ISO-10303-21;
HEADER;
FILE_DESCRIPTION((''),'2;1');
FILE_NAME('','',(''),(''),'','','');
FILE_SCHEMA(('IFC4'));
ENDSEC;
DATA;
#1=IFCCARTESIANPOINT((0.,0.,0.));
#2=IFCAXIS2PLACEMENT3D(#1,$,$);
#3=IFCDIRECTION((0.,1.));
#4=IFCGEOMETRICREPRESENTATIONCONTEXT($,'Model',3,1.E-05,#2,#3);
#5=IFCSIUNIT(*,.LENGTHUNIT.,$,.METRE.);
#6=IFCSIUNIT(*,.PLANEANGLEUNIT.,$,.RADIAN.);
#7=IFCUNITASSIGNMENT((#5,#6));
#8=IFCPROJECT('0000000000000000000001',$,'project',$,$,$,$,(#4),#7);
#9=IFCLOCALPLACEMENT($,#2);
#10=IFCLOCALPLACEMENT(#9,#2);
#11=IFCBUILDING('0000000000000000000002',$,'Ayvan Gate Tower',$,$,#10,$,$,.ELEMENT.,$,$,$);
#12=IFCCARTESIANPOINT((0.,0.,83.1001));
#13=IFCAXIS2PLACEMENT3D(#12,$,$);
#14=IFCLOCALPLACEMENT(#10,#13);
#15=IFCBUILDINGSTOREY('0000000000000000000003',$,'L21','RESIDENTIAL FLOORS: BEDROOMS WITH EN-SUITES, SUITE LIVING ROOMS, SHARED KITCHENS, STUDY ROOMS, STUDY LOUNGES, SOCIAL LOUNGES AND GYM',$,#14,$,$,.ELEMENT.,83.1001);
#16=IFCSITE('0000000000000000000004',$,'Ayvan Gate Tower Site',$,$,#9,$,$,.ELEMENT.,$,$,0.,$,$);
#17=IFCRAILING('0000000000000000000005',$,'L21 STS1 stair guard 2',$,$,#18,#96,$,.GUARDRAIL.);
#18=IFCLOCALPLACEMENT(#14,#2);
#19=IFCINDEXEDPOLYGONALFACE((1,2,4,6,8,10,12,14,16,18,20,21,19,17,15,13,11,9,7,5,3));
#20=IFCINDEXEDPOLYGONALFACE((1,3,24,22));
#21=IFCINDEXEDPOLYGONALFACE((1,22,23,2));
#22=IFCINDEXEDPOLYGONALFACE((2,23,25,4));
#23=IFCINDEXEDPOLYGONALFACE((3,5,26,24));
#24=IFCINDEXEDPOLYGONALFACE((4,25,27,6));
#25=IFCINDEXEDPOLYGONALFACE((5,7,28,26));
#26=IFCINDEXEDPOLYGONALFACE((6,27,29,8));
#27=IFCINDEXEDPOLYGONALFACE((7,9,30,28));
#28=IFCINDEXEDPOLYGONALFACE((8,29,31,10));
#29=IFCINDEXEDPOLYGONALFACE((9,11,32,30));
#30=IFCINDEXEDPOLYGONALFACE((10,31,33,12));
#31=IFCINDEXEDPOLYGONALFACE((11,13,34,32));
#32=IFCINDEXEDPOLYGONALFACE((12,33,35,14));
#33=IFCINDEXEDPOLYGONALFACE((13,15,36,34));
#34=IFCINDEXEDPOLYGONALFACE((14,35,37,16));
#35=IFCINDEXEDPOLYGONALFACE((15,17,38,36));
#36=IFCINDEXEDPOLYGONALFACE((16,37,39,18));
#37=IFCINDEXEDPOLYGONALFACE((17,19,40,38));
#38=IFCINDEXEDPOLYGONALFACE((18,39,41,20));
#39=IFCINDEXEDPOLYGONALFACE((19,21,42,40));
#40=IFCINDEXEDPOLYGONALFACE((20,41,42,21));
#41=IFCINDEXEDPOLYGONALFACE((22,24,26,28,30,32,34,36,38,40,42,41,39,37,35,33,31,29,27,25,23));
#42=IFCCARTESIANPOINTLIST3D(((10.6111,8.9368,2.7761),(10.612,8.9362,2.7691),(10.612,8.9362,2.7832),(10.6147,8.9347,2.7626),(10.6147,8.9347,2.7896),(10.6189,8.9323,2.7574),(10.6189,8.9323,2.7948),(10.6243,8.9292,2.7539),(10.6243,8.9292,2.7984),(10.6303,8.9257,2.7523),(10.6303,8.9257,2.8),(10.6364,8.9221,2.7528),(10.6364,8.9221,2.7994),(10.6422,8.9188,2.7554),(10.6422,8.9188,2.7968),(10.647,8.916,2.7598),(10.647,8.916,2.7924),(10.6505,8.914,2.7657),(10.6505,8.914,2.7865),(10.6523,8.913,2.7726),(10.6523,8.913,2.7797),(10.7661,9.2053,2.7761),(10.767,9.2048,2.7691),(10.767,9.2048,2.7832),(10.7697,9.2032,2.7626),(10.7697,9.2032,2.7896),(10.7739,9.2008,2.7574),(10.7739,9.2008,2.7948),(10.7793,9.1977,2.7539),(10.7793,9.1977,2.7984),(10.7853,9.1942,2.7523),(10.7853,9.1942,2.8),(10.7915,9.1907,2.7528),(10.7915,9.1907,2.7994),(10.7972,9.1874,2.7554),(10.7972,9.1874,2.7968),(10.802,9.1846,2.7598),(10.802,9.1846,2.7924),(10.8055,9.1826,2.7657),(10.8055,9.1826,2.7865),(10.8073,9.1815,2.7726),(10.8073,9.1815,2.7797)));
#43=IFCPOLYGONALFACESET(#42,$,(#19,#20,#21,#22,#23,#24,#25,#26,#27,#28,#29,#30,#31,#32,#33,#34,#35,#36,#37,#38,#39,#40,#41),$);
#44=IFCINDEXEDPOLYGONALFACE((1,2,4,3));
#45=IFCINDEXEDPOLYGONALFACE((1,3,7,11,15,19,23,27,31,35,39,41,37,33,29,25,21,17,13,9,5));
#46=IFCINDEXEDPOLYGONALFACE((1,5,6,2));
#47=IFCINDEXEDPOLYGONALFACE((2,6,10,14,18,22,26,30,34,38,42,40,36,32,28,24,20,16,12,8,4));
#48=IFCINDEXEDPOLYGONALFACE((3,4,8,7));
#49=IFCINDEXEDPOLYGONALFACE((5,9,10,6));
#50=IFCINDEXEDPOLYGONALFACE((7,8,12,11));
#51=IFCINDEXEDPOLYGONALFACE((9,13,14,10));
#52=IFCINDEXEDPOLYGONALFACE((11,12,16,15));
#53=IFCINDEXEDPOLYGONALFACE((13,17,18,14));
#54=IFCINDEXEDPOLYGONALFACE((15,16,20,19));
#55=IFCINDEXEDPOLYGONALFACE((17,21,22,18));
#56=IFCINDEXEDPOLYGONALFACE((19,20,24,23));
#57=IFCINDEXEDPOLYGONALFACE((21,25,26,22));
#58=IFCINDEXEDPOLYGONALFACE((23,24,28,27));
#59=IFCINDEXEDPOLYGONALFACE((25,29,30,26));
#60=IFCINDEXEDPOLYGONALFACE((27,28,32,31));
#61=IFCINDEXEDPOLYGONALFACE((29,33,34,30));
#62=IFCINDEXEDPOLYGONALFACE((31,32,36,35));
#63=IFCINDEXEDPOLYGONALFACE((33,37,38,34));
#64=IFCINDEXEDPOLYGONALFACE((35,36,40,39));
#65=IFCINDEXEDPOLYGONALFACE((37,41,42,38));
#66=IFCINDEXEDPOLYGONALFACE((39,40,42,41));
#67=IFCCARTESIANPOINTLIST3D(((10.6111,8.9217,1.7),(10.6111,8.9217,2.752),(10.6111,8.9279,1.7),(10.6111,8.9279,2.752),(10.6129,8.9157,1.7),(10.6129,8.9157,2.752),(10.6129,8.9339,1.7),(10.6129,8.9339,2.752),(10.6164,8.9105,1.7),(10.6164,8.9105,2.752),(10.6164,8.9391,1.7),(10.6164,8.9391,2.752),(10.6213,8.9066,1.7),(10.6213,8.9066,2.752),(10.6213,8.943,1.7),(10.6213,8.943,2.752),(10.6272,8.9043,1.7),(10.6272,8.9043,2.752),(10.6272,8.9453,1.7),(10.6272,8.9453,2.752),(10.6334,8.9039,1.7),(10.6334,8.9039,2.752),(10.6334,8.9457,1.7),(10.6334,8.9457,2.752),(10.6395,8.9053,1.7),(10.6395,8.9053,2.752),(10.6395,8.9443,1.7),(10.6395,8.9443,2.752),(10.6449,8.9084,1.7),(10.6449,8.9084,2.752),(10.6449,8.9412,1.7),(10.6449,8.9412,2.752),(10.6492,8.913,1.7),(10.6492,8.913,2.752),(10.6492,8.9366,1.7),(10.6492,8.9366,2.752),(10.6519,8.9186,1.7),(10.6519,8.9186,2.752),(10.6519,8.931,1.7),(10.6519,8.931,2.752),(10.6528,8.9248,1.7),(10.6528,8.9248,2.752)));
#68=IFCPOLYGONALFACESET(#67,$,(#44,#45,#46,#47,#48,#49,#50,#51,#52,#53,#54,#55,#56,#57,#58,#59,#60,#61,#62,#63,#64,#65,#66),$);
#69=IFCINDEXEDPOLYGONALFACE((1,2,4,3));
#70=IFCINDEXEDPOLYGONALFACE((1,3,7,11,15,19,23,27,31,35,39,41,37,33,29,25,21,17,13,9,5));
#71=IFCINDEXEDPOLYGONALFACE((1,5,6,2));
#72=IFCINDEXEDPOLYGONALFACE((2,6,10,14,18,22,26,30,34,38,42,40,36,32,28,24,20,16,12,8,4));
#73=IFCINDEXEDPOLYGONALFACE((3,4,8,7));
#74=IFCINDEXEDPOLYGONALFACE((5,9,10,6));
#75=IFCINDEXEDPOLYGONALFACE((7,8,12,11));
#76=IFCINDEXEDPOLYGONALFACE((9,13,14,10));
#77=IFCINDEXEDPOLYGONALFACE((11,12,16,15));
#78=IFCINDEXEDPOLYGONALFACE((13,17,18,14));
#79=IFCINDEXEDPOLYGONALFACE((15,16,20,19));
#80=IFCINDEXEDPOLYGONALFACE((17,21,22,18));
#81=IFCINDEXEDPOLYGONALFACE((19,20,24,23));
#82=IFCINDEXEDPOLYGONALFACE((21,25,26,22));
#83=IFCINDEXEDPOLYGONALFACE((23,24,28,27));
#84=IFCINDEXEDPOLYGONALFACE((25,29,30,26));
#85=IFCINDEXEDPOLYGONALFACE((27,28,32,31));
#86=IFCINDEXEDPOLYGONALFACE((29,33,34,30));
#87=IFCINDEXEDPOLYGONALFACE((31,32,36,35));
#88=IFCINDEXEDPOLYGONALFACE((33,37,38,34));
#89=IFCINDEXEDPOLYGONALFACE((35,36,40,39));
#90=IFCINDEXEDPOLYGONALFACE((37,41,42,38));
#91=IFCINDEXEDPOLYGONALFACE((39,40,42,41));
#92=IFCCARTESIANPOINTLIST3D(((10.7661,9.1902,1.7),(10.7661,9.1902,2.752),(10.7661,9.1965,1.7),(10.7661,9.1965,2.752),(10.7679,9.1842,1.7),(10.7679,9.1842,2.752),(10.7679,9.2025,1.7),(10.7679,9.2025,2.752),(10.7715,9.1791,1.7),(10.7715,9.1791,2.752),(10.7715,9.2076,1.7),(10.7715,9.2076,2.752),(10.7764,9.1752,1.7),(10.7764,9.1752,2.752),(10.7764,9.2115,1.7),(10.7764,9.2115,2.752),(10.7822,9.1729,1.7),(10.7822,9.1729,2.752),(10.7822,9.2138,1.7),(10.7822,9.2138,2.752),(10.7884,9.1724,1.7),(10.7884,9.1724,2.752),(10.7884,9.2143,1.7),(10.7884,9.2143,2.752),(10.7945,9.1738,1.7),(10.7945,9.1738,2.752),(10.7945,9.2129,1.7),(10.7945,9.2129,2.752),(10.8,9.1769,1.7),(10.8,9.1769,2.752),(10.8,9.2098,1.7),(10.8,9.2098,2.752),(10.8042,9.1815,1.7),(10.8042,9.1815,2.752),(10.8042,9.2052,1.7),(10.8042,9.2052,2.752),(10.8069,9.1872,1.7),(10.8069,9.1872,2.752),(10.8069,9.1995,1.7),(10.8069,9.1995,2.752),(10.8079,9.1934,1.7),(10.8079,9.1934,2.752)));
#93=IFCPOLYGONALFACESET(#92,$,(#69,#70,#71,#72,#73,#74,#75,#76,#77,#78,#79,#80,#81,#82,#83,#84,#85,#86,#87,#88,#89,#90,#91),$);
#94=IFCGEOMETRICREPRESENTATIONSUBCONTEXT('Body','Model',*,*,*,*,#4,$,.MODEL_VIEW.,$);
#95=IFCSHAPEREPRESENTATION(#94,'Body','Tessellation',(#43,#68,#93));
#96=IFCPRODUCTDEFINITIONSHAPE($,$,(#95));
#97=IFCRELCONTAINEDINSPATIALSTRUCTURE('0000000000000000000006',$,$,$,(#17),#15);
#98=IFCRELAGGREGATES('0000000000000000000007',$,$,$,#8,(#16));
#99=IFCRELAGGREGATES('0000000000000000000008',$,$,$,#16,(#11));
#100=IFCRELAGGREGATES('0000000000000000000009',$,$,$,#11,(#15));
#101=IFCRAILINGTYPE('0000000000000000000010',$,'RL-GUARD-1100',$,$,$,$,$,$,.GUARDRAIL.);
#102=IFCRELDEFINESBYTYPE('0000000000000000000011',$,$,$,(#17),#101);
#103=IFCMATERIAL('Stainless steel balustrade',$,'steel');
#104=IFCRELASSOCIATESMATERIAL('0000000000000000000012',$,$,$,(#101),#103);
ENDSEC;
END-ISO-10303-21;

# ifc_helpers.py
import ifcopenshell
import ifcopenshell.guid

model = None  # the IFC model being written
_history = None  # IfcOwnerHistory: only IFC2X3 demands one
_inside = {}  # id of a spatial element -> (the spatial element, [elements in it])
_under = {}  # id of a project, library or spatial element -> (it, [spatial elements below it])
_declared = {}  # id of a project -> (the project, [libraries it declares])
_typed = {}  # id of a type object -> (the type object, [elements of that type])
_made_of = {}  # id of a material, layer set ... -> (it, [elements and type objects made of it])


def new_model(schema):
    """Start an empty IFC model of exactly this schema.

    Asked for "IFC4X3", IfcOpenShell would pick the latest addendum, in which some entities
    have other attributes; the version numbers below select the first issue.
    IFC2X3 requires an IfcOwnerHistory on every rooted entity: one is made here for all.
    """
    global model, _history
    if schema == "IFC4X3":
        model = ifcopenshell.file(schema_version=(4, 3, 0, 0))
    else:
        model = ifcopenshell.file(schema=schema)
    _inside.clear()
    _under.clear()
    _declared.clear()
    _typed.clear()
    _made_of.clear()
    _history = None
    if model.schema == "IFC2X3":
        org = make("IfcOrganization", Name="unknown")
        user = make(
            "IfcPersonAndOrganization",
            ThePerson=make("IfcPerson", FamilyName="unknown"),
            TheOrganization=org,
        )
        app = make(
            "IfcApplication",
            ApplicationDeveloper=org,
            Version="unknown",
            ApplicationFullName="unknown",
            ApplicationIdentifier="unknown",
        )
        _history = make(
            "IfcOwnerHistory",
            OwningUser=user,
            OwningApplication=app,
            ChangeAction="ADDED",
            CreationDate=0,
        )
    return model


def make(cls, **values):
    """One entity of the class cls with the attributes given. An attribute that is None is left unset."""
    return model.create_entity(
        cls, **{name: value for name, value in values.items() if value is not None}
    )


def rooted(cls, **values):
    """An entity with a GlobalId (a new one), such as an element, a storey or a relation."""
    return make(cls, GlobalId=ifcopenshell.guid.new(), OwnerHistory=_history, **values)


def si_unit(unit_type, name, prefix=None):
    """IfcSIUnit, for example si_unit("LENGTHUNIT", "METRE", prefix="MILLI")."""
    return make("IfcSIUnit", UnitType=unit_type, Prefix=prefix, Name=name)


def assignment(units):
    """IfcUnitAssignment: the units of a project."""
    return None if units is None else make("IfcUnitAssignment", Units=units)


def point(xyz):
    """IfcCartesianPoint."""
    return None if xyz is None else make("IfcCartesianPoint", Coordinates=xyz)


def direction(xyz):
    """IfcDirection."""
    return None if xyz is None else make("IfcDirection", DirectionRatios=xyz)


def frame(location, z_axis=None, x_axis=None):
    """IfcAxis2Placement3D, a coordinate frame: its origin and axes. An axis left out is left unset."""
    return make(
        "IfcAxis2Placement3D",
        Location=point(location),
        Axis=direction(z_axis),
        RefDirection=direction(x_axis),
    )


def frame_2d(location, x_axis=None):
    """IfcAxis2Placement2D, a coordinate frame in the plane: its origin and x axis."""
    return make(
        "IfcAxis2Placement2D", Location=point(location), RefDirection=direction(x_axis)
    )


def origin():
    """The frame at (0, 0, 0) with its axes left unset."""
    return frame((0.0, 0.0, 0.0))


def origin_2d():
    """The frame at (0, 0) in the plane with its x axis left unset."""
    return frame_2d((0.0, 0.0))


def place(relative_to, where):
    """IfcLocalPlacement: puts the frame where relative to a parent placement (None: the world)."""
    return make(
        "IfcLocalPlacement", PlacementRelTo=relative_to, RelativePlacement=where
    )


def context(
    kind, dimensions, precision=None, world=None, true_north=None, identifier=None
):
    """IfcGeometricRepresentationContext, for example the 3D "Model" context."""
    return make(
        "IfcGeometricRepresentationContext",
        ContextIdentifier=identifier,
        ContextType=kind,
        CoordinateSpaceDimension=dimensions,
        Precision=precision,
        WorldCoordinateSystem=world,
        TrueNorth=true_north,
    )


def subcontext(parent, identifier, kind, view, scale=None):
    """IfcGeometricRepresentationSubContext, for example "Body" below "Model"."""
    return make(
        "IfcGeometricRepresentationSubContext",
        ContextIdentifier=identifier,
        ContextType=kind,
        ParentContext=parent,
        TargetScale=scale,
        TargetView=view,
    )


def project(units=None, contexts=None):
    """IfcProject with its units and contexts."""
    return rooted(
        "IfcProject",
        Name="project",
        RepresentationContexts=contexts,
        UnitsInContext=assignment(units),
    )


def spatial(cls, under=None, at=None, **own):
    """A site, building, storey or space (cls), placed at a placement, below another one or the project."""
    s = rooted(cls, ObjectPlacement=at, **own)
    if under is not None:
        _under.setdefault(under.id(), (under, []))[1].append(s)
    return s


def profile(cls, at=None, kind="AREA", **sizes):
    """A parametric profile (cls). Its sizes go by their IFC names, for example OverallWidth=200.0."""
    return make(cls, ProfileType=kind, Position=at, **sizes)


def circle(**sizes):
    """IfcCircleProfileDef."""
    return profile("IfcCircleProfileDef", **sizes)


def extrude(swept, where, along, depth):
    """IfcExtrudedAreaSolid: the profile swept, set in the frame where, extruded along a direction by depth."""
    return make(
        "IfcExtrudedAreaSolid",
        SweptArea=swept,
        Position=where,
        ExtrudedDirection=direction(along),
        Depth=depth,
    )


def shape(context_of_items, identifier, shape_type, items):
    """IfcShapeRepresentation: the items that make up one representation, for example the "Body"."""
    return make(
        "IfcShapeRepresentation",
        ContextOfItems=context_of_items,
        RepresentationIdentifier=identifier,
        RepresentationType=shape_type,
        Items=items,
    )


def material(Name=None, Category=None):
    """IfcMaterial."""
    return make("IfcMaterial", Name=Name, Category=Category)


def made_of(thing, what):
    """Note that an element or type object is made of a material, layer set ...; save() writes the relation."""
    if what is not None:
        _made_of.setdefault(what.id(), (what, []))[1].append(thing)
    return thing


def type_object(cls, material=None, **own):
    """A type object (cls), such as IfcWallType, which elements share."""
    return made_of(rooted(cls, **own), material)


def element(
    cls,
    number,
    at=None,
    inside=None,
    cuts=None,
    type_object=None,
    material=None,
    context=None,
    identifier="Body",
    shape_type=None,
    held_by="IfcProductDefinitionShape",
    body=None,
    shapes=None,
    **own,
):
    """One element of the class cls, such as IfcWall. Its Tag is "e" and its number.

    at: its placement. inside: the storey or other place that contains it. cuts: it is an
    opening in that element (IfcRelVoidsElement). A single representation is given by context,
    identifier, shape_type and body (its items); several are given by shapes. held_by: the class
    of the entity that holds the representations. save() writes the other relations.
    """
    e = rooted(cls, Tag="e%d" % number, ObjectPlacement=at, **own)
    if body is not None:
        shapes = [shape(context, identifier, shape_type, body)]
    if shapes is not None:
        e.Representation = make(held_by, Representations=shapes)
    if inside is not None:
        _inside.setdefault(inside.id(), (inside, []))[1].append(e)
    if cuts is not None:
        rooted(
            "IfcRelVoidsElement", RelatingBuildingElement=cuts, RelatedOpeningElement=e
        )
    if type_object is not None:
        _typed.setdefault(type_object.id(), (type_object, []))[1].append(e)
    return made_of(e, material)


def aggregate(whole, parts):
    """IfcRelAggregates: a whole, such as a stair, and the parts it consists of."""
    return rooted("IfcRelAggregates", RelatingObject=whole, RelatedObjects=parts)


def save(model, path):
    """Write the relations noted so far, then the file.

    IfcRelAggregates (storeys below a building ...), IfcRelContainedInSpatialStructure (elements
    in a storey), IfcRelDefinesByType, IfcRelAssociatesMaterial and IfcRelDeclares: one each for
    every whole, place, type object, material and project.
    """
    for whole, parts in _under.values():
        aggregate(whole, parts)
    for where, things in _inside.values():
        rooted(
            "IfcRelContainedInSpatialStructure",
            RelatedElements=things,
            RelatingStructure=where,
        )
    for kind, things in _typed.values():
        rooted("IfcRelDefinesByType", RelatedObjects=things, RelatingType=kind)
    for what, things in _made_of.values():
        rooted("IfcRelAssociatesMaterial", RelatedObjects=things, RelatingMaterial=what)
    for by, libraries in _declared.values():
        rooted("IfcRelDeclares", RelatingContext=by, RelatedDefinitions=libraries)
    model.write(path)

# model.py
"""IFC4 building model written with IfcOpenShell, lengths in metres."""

from ifc_helpers import new_model, si_unit, direction, frame, origin, origin_2d, place, context, subcontext, project, spatial, circle, extrude, material, type_object, element, save


model = new_model("IFC4")

# Units and contexts
model_context = context("Model", 3, precision=1e-05, world=origin(), true_north=direction((0.0, 1.0)))
body_context = subcontext(model_context, "Body", "Model", "MODEL_VIEW")
ifc_project = project(units=[si_unit("LENGTHUNIT", "METRE"), si_unit("PLANEANGLEUNIT", "RADIAN")], contexts=[model_context])

# Site, building, storey
site_placement = place(None, origin())
site = spatial("IfcSite", under=ifc_project, at=site_placement, Name="Ayvan Gate Tower Site", CompositionType="ELEMENT", RefElevation=0.0)
building_placement = place(site_placement, origin())
building = spatial("IfcBuilding", under=site, at=building_placement, Name="Ayvan Gate Tower", CompositionType="ELEMENT")
storey_placement = place(building_placement, frame((0.0, 0.0, 83.1001)))
storey = spatial("IfcBuildingStorey", under=building, at=storey_placement, Name="L21", Description="RESIDENTIAL FLOORS: BEDROOMS WITH EN-SUITES, SUITE LIVING ROOMS, SHARED KITCHENS, STUDY ROOMS, STUDY LOUNGES, SOCIAL LOUNGES AND GYM", CompositionType="ELEMENT", Elevation=83.1001)

# Railing
ifc_material_1 = material(Name="Stainless steel balustrade", Category="steel")
railing_type_1 = type_object("IfcRailingType", Name="RL-GUARD-1100", PredefinedType="GUARDRAIL", material=ifc_material_1)
railing_1_placement = place(storey_placement, frame((10.6318, 8.9248, 1.7)))
element("IfcRailing", 1, at=railing_1_placement, inside=storey, type_object=railing_type_1, Name="L21 STS1 stair guard 2", PredefinedType="GUARDRAIL", context=body_context, shape_type="SweptSolid", body=[
    extrude(circle(Radius=0.0239, at=origin_2d()), frame((0.0, 0.0, 1.0762), z_axis=(0.49995, 0.866054, 0.0), x_axis=(-0.866054, 0.49995, 0.0)), (0.0, 0.0, 1.0), 0.3101),
    extrude(circle(Radius=0.021, at=origin_2d()), origin(), (0.0, 0.0, 1.0), 1.052),
    extrude(circle(Radius=0.021, at=origin_2d()), frame((0.155, 0.2686, 0.0)), (0.0, 0.0, 1.0), 1.052),
])

save(model, "model.ifc")
